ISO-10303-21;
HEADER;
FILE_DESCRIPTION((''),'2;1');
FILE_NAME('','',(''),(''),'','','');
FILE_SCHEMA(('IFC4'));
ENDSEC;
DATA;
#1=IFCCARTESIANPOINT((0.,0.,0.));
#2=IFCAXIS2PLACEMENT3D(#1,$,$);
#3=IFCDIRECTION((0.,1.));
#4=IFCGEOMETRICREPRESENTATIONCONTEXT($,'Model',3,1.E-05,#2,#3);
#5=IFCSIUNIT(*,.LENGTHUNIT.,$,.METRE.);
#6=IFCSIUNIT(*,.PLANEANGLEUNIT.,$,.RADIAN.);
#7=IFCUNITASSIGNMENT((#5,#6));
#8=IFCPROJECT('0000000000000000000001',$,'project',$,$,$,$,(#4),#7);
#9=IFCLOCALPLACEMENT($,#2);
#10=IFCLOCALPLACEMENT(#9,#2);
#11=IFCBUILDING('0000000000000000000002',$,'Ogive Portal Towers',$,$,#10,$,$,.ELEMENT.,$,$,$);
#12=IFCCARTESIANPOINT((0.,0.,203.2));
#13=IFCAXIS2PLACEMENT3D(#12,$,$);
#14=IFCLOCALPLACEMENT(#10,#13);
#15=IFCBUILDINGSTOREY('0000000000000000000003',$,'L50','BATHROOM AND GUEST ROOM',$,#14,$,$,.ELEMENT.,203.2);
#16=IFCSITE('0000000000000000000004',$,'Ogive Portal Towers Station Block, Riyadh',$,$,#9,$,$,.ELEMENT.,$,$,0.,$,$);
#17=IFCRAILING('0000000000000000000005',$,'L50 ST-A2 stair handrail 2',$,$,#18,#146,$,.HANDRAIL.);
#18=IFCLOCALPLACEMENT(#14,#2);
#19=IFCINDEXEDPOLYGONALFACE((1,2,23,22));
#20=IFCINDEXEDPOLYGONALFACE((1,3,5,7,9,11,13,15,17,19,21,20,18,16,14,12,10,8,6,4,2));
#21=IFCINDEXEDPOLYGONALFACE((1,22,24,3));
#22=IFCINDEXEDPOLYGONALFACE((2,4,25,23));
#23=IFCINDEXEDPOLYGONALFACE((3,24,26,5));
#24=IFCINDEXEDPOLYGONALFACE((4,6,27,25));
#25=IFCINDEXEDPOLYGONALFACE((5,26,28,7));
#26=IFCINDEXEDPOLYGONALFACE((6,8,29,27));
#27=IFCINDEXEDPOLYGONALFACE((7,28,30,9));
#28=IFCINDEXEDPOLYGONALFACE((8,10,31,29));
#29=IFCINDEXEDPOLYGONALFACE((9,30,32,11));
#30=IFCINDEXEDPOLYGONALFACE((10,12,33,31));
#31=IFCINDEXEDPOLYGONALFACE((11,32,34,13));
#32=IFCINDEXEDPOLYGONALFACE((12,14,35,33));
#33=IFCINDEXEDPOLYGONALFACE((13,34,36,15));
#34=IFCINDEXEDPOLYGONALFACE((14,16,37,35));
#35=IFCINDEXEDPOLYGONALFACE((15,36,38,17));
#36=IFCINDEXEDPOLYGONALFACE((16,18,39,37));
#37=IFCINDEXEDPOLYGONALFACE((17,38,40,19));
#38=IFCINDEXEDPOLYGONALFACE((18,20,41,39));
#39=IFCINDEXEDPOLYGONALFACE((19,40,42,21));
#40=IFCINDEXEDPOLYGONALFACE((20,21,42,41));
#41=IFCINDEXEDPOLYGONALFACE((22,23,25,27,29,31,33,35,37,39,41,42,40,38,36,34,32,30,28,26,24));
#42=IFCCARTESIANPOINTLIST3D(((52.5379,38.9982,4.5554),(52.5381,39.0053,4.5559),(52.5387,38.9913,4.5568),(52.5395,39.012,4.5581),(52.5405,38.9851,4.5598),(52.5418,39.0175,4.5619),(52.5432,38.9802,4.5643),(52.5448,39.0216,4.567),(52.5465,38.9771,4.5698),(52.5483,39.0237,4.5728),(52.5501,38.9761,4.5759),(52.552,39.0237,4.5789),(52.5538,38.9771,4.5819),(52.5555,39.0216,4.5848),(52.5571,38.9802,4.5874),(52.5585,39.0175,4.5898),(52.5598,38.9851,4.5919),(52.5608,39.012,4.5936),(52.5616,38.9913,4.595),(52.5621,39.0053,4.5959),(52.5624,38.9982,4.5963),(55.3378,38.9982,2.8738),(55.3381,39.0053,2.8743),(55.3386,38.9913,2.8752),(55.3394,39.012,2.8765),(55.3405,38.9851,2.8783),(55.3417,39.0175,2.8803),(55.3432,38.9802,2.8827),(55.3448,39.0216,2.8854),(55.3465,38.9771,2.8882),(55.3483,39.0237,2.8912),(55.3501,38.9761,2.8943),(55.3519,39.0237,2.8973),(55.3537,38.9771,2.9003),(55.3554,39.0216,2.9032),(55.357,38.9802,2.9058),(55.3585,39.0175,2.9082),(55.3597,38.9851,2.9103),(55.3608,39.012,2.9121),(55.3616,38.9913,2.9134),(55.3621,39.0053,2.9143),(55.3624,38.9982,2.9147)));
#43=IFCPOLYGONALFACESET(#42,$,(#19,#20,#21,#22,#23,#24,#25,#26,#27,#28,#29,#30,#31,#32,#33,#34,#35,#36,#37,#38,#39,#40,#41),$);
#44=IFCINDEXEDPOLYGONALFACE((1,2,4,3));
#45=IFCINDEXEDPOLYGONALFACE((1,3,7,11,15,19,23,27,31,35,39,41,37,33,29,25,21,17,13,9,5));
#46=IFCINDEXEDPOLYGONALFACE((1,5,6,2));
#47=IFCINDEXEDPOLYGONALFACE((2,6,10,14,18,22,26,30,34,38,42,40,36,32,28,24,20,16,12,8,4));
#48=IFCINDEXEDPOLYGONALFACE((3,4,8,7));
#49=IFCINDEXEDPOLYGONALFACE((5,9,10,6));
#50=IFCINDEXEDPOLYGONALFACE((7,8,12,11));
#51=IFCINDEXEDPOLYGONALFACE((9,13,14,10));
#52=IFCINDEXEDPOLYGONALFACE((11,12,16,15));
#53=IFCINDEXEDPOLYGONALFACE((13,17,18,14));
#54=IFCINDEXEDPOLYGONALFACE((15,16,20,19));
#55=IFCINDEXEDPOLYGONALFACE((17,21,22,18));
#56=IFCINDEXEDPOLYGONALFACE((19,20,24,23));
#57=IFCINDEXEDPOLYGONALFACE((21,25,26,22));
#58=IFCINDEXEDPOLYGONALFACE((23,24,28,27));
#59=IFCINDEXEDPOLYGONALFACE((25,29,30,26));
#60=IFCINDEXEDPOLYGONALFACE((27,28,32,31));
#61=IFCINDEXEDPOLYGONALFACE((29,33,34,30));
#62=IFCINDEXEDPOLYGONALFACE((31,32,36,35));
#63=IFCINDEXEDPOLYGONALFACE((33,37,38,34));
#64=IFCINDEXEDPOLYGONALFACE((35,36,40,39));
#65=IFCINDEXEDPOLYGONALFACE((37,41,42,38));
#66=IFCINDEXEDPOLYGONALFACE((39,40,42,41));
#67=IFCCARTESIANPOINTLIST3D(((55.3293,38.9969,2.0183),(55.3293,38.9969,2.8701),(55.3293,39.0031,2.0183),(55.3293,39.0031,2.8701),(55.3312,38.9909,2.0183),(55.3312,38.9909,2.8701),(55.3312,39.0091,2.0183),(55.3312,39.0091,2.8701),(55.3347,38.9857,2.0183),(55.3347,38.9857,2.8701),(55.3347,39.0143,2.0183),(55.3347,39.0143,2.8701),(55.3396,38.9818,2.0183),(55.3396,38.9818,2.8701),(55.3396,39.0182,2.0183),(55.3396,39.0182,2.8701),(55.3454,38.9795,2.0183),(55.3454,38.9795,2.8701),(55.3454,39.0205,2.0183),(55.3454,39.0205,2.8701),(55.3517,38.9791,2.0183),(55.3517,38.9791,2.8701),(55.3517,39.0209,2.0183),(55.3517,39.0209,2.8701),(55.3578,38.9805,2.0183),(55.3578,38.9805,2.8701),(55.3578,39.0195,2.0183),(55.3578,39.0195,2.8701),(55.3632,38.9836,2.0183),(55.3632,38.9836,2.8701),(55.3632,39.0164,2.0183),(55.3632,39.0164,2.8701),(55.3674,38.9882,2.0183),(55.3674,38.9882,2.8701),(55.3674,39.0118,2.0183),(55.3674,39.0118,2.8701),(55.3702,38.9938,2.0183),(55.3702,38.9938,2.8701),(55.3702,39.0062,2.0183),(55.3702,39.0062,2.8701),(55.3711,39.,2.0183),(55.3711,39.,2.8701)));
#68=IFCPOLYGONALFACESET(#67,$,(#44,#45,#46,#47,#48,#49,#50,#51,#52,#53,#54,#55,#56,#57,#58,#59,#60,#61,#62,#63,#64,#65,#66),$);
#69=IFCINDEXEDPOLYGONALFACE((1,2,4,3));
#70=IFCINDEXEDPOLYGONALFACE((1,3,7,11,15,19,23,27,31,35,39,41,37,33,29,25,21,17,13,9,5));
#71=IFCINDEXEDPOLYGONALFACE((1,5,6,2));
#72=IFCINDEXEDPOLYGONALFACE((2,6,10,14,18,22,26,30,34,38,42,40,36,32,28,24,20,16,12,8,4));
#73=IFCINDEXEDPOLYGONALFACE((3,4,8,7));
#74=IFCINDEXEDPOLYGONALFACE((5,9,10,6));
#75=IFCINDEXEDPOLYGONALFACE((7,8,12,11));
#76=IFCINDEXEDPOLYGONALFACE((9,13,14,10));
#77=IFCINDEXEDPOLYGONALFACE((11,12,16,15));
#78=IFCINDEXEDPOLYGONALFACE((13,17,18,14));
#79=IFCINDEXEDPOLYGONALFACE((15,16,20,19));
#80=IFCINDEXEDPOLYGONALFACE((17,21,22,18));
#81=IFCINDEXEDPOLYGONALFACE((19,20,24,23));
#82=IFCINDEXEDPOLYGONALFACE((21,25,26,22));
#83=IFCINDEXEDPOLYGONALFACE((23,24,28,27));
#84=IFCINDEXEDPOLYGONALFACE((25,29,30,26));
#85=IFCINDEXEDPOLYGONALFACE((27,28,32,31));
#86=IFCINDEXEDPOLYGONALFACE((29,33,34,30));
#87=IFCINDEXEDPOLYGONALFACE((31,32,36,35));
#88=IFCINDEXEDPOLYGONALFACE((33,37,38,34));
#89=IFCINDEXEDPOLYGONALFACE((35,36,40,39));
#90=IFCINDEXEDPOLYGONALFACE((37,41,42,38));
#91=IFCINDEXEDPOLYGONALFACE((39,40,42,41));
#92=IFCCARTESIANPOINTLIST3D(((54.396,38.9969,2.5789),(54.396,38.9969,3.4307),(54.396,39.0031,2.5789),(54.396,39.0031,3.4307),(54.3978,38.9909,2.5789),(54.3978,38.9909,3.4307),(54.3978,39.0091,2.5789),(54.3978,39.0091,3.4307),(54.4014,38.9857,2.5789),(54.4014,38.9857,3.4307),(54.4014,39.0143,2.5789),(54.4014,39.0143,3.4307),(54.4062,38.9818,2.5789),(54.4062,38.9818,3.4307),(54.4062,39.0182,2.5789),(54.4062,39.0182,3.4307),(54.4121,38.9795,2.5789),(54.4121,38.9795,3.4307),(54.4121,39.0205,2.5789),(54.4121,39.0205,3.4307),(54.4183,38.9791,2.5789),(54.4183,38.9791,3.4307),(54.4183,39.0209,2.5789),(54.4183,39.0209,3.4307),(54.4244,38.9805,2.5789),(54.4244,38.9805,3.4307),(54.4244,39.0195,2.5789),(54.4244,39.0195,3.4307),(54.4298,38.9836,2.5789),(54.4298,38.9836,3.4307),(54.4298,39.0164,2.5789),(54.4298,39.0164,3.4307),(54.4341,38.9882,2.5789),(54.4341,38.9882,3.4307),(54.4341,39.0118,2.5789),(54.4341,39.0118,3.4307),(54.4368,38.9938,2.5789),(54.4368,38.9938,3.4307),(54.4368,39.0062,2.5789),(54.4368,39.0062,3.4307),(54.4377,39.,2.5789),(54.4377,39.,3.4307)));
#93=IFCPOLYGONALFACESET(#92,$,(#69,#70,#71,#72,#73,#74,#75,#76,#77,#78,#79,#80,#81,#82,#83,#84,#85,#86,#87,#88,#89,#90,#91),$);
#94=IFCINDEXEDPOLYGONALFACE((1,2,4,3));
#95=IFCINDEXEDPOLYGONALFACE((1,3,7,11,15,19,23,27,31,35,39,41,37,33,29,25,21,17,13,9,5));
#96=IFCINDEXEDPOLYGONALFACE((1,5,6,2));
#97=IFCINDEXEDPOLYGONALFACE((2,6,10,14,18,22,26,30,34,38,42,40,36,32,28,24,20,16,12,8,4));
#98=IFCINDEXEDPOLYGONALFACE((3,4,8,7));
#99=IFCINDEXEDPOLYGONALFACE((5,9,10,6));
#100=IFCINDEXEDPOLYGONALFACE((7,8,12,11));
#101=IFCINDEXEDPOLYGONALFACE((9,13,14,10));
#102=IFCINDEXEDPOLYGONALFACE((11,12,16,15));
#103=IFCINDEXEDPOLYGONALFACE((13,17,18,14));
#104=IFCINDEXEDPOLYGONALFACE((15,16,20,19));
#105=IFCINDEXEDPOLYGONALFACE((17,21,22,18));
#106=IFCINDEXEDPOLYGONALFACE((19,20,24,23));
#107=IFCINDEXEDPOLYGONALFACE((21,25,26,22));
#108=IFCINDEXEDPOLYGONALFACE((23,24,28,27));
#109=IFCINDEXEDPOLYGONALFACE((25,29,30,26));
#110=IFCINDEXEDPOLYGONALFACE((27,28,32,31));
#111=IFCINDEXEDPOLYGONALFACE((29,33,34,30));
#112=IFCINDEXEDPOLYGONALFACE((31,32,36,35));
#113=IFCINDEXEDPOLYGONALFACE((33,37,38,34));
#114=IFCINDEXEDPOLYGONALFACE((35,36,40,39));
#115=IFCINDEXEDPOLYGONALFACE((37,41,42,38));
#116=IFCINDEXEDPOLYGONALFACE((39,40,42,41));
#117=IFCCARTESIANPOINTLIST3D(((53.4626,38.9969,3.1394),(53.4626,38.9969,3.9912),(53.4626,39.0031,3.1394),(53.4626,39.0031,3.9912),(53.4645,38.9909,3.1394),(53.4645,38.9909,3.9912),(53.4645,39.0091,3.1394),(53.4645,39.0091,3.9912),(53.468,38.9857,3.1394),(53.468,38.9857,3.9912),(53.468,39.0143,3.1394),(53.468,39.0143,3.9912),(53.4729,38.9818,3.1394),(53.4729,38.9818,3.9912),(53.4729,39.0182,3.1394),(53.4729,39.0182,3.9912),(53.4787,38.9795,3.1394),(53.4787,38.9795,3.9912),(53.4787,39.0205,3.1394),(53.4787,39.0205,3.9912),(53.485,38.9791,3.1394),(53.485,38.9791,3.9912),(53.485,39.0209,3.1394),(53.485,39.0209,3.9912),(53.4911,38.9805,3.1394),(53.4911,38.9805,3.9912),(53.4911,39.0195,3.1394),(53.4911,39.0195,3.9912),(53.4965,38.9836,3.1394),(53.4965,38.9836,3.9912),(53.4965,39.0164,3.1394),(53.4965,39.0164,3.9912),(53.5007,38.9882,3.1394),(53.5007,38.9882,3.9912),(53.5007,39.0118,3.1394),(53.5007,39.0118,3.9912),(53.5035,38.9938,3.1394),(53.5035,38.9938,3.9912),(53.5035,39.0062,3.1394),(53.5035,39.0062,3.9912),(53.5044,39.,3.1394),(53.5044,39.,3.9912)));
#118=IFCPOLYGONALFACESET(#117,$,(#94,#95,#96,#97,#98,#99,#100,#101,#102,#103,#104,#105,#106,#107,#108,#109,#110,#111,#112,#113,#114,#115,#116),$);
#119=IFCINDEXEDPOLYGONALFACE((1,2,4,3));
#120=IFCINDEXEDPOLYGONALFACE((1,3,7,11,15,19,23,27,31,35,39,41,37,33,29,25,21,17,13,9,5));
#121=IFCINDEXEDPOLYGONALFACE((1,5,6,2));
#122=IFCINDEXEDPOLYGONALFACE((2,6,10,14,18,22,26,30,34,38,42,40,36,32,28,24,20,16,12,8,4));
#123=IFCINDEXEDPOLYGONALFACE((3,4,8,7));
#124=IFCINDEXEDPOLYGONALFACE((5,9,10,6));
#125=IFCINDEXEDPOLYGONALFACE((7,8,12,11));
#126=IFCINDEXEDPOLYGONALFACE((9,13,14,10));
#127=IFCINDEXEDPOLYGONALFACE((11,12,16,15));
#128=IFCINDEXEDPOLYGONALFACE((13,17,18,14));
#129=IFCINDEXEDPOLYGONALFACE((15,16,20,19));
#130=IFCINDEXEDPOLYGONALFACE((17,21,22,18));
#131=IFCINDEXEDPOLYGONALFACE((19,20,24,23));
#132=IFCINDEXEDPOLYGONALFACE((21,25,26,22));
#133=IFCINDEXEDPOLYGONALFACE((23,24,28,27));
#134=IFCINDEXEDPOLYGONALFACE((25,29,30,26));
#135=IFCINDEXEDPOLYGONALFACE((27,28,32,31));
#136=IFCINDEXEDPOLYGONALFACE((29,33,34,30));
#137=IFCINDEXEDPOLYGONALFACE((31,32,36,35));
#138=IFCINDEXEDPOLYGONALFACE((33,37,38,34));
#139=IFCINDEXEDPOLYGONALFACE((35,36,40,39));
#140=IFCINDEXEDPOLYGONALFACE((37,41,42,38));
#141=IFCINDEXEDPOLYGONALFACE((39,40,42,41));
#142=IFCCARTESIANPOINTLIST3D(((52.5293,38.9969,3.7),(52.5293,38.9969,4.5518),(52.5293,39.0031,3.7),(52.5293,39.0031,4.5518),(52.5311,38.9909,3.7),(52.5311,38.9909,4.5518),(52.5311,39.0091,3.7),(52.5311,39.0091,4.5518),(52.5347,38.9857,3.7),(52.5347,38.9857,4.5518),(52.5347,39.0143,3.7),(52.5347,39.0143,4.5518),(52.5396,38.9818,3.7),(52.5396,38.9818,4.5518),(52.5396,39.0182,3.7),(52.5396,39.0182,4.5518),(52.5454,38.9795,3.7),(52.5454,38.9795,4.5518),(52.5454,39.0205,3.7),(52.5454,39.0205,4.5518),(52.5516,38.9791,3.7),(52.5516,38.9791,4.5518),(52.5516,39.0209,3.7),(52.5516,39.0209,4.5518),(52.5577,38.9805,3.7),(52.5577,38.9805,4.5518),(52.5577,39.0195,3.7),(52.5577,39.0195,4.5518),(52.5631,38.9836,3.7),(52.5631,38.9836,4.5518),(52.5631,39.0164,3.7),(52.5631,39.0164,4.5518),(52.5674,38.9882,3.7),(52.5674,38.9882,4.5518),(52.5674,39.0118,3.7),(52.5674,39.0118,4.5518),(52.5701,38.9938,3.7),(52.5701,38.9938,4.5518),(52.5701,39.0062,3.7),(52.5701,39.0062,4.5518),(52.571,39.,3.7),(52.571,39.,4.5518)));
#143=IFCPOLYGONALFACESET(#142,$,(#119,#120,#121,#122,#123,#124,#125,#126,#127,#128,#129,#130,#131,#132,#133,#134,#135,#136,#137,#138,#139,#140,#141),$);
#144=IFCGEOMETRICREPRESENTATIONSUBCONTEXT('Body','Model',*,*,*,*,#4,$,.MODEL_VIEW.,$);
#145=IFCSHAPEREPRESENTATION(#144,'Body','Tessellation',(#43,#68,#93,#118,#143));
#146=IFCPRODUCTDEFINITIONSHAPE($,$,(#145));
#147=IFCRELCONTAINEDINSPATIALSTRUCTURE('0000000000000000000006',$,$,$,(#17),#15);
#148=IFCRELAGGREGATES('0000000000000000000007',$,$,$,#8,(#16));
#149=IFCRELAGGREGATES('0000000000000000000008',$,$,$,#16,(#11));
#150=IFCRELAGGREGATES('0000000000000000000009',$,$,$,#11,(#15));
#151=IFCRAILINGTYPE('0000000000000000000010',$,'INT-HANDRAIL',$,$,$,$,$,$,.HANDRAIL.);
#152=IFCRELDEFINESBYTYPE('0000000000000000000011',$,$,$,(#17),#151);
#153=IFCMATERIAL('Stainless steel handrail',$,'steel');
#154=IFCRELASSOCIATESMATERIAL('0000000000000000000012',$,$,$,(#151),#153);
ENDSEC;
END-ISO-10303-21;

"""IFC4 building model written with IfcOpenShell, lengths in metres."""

from ifc_helpers import new_model, si_unit, direction, frame, origin, origin_2d, place, context, subcontext, project, spatial, circle, extrude, material, type_object, element, save


model = new_model("IFC4")

# Units and contexts
model_context = context("Model", 3, precision=1e-05, world=origin(), true_north=direction((0.0, 1.0)))
body_context = subcontext(model_context, "Body", "Model", "MODEL_VIEW")
ifc_project = project(units=[si_unit("LENGTHUNIT", "METRE"), si_unit("PLANEANGLEUNIT", "RADIAN")], contexts=[model_context])

# Site, building, storey
site_placement = place(None, origin())
site = spatial("IfcSite", under=ifc_project, at=site_placement, Name="Ogive Portal Towers Station Block, Riyadh", CompositionType="ELEMENT", RefElevation=0.0)
building_placement = place(site_placement, origin())
building = spatial("IfcBuilding", under=site, at=building_placement, Name="Ogive Portal Towers", CompositionType="ELEMENT")
storey_placement = place(building_placement, frame((0.0, 0.0, 203.2)))
storey = spatial("IfcBuildingStorey", under=building, at=storey_placement, Name="L50", Description="BATHROOM AND GUEST ROOM", CompositionType="ELEMENT", Elevation=203.2)

# Railing
ifc_material_1 = material(Name="Stainless steel handrail", Category="steel")
railing_type_1 = type_object("IfcRailingType", Name="INT-HANDRAIL", PredefinedType="HANDRAIL", material=ifc_material_1)
railing_1_placement = place(storey_placement, frame((55.3501, 39.0, 2.0183)))
element("IfcRailing", 1, at=railing_1_placement, inside=storey, type_object=railing_type_1, Name="L50 ST-A2 stair handrail 2", PredefinedType="HANDRAIL", context=body_context, shape_type="SweptSolid", body=[
    extrude(circle(Radius=0.0239, at=origin_2d()), frame((0.0, 0.0, 0.876), z_axis=(-0.857275, 0.0, 0.514858), x_axis=(0.0, -1.0, 0.0)), (0.0, 0.0, 1.0), 3.2661),
    extrude(circle(Radius=0.021, at=origin_2d()), origin(), (0.0, 0.0, 1.0), 0.8518),
    extrude(circle(Radius=0.021, at=origin_2d()), frame((-0.9333, 0.0, 0.5605)), (0.0, 0.0, 1.0), 0.8518),
    extrude(circle(Radius=0.021, at=origin_2d()), frame((-1.8667, 0.0, 1.1211)), (0.0, 0.0, 1.0), 0.8518),
    extrude(circle(Radius=0.021, at=origin_2d()), frame((-2.8, 0.0, 1.6816)), (0.0, 0.0, 1.0), 0.8518),
])

save(model, "model.ifc")
